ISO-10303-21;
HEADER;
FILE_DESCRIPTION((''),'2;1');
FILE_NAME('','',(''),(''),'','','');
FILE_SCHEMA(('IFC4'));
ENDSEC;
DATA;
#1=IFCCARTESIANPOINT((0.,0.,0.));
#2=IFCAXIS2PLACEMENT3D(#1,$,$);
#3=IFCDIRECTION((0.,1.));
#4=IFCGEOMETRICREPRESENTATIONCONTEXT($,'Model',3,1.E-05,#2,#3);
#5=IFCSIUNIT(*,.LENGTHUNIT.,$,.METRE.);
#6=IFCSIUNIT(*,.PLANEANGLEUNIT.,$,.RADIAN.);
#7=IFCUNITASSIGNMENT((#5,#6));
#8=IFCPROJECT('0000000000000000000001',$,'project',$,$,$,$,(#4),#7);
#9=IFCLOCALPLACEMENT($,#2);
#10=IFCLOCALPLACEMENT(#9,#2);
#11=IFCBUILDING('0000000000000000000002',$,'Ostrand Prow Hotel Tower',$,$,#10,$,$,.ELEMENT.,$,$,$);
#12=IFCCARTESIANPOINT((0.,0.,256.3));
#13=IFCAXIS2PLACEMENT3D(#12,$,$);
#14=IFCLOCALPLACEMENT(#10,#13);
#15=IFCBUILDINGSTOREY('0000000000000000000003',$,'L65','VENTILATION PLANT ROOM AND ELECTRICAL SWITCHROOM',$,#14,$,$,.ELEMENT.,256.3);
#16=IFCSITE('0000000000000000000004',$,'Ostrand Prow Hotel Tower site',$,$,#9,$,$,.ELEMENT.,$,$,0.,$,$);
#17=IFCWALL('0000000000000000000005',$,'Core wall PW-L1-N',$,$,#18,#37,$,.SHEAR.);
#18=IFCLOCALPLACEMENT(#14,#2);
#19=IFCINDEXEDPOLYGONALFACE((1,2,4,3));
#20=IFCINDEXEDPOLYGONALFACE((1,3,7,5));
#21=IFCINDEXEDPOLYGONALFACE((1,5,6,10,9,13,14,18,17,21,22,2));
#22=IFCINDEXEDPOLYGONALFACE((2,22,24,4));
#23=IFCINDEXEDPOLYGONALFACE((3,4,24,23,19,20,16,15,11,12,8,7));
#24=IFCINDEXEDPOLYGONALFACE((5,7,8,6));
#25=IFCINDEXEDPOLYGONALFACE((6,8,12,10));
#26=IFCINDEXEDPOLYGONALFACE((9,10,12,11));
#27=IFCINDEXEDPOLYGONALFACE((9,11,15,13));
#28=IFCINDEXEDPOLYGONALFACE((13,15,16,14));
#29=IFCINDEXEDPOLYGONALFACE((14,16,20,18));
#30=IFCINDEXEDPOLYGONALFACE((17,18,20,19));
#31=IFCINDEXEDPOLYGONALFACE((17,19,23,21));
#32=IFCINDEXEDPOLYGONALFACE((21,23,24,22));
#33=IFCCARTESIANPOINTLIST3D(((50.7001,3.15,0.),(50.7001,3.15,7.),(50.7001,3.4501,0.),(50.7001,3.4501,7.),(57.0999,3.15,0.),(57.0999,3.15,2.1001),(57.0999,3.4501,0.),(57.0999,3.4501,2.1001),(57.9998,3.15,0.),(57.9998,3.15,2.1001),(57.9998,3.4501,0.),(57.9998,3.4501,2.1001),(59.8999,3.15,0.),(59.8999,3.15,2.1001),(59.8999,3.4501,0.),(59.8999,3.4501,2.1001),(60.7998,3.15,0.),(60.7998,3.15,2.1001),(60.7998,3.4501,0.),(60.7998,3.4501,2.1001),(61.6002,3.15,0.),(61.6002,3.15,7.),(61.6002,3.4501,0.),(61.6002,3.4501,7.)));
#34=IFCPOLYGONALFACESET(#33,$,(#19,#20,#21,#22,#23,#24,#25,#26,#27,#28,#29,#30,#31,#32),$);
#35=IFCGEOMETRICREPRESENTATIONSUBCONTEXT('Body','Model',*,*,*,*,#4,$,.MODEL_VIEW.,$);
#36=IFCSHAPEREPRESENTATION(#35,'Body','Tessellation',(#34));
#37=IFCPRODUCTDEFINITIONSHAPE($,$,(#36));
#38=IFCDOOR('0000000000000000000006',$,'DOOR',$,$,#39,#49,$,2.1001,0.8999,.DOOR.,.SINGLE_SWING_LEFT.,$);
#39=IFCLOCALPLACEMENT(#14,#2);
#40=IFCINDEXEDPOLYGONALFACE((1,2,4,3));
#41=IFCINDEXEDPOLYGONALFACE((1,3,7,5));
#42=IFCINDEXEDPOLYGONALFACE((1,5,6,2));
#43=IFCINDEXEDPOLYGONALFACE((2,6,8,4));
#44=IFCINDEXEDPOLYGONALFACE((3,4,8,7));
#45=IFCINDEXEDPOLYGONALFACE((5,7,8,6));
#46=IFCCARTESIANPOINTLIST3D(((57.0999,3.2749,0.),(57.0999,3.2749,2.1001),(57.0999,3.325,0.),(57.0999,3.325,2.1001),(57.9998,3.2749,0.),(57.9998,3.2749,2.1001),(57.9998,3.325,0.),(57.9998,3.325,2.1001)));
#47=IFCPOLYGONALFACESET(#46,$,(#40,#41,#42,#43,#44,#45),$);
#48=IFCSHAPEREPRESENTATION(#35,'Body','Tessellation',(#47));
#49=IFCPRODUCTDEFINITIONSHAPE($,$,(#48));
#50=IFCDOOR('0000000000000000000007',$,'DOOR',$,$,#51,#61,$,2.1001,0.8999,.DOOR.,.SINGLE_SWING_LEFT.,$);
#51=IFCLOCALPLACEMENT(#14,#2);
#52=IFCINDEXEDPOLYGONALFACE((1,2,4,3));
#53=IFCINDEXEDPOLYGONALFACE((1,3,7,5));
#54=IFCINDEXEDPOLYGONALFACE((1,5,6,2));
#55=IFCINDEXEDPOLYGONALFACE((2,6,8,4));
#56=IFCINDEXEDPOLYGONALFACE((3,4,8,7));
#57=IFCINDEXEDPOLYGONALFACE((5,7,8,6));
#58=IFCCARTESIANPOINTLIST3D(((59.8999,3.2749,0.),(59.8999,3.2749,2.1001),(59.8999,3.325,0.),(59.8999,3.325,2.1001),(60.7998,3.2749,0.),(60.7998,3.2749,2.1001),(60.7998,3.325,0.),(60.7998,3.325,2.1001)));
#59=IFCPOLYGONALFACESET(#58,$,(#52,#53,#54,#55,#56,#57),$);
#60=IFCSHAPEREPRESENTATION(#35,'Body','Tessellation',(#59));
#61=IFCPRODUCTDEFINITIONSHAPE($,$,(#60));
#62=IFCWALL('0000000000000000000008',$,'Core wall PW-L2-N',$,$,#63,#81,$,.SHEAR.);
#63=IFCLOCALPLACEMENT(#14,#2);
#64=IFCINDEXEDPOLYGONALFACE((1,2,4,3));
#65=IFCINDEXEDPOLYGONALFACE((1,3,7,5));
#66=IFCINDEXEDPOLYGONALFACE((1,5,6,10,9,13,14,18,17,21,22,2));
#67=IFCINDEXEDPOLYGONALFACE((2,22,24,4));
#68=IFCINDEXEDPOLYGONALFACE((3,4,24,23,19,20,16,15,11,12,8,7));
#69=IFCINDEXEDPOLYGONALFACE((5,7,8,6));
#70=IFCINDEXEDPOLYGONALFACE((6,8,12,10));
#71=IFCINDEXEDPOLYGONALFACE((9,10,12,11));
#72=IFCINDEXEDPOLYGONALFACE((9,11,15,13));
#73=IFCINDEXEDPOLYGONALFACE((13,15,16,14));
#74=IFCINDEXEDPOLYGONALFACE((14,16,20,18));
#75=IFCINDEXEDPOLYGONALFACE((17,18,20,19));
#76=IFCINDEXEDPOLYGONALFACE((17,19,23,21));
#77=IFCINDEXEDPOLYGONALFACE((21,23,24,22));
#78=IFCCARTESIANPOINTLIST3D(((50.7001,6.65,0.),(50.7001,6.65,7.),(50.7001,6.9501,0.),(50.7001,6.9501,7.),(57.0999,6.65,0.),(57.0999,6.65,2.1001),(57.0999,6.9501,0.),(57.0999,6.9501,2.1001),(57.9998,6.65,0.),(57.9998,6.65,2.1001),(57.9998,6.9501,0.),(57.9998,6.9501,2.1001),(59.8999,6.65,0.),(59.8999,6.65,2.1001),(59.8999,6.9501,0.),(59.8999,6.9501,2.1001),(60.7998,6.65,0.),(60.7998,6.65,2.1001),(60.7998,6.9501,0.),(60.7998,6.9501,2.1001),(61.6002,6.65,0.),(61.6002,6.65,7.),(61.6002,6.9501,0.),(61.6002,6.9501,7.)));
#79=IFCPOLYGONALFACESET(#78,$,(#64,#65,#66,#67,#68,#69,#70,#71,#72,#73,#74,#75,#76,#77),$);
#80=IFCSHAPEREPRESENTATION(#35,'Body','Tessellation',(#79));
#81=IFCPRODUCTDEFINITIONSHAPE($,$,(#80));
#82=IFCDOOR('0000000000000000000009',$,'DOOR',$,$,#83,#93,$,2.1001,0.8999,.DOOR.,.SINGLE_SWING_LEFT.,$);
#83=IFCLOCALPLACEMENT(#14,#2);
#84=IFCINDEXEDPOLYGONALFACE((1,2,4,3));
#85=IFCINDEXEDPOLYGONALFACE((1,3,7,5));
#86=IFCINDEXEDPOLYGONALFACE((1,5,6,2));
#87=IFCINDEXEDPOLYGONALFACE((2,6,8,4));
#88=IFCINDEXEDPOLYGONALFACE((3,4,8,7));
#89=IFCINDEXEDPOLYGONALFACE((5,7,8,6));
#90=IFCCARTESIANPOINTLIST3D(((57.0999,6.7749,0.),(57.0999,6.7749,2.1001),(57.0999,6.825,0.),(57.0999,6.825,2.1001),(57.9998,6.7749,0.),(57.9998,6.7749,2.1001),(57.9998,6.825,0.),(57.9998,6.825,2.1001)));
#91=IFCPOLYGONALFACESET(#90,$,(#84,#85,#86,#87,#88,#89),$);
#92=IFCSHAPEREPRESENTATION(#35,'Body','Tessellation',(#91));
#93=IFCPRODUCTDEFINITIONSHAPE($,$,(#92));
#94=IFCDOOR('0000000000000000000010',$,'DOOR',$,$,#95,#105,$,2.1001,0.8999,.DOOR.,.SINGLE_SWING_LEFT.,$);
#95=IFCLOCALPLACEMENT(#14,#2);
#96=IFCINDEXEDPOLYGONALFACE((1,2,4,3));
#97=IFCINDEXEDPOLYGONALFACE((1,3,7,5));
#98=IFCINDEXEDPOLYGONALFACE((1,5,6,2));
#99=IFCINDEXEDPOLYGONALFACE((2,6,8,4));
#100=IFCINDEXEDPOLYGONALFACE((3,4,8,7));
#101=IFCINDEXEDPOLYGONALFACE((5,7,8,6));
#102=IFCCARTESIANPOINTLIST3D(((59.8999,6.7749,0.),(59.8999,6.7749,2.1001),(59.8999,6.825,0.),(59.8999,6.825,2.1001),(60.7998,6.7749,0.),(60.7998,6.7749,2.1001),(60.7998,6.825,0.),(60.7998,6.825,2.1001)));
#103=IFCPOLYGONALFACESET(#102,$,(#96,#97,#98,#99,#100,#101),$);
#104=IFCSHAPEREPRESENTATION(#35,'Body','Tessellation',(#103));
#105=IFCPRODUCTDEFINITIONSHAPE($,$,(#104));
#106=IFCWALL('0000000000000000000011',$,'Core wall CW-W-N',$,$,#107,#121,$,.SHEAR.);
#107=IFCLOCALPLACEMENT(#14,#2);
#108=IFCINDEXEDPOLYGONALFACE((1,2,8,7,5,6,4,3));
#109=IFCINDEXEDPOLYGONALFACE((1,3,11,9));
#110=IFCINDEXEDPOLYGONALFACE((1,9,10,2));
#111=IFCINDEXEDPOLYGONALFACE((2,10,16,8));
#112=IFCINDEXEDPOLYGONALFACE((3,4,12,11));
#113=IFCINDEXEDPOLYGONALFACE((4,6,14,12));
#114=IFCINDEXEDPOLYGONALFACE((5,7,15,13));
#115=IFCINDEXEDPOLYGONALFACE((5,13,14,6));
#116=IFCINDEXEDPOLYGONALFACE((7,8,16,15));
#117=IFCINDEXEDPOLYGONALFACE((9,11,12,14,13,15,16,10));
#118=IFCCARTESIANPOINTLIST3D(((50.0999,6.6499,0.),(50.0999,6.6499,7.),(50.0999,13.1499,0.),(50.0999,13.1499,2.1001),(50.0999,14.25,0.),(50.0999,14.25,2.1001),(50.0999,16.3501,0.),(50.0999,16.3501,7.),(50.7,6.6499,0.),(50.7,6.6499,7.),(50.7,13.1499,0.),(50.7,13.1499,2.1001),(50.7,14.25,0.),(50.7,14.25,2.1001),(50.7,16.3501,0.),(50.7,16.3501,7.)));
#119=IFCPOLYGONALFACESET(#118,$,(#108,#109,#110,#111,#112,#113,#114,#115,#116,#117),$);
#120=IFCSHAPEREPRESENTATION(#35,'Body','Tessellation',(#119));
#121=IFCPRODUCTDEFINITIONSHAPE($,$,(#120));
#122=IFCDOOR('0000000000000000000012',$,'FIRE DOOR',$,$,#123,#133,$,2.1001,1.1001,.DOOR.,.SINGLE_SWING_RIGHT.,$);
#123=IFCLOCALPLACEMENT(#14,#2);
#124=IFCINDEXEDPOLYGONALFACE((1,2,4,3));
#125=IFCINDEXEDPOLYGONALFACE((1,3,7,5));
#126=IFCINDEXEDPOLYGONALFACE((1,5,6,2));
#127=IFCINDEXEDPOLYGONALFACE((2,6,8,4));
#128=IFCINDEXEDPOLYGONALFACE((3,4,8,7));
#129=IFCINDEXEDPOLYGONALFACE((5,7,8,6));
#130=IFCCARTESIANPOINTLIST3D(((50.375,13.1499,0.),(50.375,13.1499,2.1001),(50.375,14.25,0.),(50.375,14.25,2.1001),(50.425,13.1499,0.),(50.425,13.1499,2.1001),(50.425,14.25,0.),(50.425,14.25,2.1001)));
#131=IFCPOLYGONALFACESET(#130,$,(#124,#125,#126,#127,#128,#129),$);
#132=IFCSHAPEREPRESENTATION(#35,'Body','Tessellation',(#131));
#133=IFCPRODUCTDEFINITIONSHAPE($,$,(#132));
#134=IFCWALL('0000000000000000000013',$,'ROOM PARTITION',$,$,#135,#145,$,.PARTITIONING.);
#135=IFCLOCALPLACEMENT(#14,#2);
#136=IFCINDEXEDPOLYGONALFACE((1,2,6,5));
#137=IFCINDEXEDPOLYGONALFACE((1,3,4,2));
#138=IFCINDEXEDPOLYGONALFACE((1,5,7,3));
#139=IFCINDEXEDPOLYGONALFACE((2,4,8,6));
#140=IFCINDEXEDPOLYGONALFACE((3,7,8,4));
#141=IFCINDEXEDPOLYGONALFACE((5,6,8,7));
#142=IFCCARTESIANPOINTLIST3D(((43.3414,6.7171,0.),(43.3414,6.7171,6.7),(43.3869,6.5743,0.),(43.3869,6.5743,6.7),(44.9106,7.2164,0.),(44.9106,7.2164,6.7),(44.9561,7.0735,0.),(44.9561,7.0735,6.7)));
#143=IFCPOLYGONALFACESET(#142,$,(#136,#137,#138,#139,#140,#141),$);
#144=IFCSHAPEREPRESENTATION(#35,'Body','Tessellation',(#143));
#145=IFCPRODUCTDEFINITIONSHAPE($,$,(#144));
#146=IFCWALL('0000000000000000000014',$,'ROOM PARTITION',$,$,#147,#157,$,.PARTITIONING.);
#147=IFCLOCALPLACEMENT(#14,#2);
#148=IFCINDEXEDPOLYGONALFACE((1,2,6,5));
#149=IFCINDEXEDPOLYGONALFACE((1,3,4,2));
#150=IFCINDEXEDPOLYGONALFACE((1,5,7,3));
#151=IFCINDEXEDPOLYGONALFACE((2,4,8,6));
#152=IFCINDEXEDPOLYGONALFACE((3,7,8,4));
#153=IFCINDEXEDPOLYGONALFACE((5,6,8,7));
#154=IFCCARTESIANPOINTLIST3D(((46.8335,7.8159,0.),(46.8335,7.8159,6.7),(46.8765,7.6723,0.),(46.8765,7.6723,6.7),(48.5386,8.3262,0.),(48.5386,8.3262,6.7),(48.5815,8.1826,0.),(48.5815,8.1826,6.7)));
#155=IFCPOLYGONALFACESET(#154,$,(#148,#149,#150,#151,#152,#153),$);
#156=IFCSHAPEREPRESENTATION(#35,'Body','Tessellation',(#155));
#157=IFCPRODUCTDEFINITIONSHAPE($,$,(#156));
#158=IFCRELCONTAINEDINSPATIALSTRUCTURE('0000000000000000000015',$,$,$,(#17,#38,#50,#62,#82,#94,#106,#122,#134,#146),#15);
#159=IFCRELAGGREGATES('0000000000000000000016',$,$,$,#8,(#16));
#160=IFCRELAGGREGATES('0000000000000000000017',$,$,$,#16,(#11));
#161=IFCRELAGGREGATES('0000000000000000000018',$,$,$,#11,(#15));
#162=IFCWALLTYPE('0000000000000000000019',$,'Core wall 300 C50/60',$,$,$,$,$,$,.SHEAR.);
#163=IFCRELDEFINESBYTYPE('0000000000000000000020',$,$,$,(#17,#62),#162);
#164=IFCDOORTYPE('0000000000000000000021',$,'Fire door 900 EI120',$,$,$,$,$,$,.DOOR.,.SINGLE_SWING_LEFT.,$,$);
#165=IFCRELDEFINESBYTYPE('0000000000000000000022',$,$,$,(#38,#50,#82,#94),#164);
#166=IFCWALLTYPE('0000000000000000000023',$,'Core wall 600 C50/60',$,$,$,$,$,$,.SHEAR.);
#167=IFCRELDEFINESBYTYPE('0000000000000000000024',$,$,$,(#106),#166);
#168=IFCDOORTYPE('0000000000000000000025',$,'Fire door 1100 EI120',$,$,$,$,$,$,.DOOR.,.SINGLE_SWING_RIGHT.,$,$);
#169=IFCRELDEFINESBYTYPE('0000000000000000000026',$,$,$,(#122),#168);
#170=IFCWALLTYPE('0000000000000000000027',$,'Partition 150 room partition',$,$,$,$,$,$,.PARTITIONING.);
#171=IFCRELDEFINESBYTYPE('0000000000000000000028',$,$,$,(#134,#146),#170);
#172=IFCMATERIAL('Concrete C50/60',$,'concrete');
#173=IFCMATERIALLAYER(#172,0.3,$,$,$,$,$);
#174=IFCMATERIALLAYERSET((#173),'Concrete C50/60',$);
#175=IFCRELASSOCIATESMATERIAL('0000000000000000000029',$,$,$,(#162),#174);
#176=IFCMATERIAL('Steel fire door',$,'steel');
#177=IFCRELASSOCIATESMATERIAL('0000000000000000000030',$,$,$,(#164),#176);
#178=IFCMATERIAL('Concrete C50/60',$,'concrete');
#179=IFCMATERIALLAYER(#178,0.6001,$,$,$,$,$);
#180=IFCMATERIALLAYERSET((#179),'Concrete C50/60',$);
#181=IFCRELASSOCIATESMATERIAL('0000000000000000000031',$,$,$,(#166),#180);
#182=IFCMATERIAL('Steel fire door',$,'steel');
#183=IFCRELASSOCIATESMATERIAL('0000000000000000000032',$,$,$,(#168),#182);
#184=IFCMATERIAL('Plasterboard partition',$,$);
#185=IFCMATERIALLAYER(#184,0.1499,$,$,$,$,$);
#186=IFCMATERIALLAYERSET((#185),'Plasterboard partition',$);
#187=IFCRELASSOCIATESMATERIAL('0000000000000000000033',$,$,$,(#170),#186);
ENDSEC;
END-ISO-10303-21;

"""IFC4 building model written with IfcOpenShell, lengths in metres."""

from ifc_helpers import new_model, si_unit, direction, frame, frame_2d, origin, place, context, subcontext, project, spatial, rectangle, extrude, material, layer, layer_set, type_object, element, fill, save


model = new_model("IFC4")

# Units and contexts
model_context = context("Model", 3, precision=1e-05, world=origin(), true_north=direction((0.0, 1.0)))
body_context = subcontext(model_context, "Body", "Model", "MODEL_VIEW")
ifc_project = project(units=[si_unit("LENGTHUNIT", "METRE"), si_unit("PLANEANGLEUNIT", "RADIAN")], contexts=[model_context])

# Site, building, storey
site_placement = place(None, origin())
site = spatial("IfcSite", under=ifc_project, at=site_placement, Name="Ostrand Prow Hotel Tower site", CompositionType="ELEMENT", RefElevation=0.0)
building_placement = place(site_placement, origin())
building = spatial("IfcBuilding", under=site, at=building_placement, Name="Ostrand Prow Hotel Tower", CompositionType="ELEMENT")
storey_placement = place(building_placement, frame((0.0, 0.0, 256.3)))
storey = spatial("IfcBuildingStorey", under=building, at=storey_placement, Name="L65", Description="VENTILATION PLANT ROOM AND ELECTRICAL SWITCHROOM", CompositionType="ELEMENT", Elevation=256.3)

# Walls, openings, doors
ifc_material_1 = material(Name="Concrete C50/60", Category="concrete")
ifc_layer_1 = layer(ifc_material_1, 0.3)
ifc_layer_set_1 = layer_set([ifc_layer_1], Name="Concrete C50/60")
wall_type_1 = type_object("IfcWallType", Name="Core wall 300 C50/60", PredefinedType="SHEAR", material=ifc_layer_set_1)
wall_1_placement = place(storey_placement, frame((50.7, 3.3, 0.0), z_axis=(0.0, 0.0, 1.0), x_axis=(1.0, 0.0, 0.0)))
wall_1 = element("IfcWall", 1, at=wall_1_placement, inside=storey, type_object=wall_type_1, Name="Core wall PW-L1-N", PredefinedType="SHEAR", context=body_context, shape_type="SweptSolid", body=[
    extrude(rectangle(XDim=10.9001, YDim=0.3, at=frame_2d((5.4502, 0.0))), origin(), (0.0, 0.0, 1.0), 7.0),
])
opening_1_placement = place(wall_1_placement, frame((6.3999, 0.0, 0.0)))
opening_1 = element("IfcOpeningElement", 2, at=opening_1_placement, cuts=wall_1, PredefinedType="OPENING", context=body_context, shape_type="SweptSolid", body=[
    extrude(rectangle(XDim=0.8999, YDim=2.1001, at=frame_2d((0.45, 1.05))), frame((0.0, 0.1599, 0.0), z_axis=(0.0, -1.0, 0.0), x_axis=(1.0, 0.0, 0.0)), (0.0, 0.0, 1.0), 0.3201),
])
opening_2_placement = place(wall_1_placement, frame((9.2, 0.0, 0.0)))
opening_2 = element("IfcOpeningElement", 3, at=opening_2_placement, cuts=wall_1, PredefinedType="OPENING", context=body_context, shape_type="SweptSolid", body=[
    extrude(rectangle(XDim=0.8999, YDim=2.1001, at=frame_2d((0.45, 1.05))), frame((0.0, 0.1599, 0.0), z_axis=(0.0, -1.0, 0.0), x_axis=(1.0, 0.0, 0.0)), (0.0, 0.0, 1.0), 0.3201),
])
ifc_material_2 = material(Name="Steel fire door", Category="steel")
door_type_1 = type_object("IfcDoorType", Name="Fire door 900 EI120", OperationType="SINGLE_SWING_LEFT", PredefinedType="DOOR", material=ifc_material_2)
door_1_placement = place(opening_1_placement, origin())
door_1 = element("IfcDoor", 4, at=door_1_placement, inside=storey, type_object=door_type_1, Name="DOOR", OperationType="SINGLE_SWING_LEFT", OverallHeight=2.1001, OverallWidth=0.8999, PredefinedType="DOOR", context=body_context, shape_type="SweptSolid", body=[
    extrude(rectangle(XDim=0.8999, YDim=2.1001, at=frame_2d((0.45, 1.05))), frame((0.0, 0.0249, 0.0), z_axis=(0.0, -1.0, 0.0), x_axis=(1.0, 0.0, 0.0)), (0.0, 0.0, 1.0), 0.05),
])
fill(opening_1, door_1)
door_2_placement = place(opening_2_placement, origin())
door_2 = element("IfcDoor", 5, at=door_2_placement, inside=storey, type_object=door_type_1, Name="DOOR", OperationType="SINGLE_SWING_LEFT", OverallHeight=2.1001, OverallWidth=0.8999, PredefinedType="DOOR", context=body_context, shape_type="SweptSolid", body=[
    extrude(rectangle(XDim=0.8999, YDim=2.1001, at=frame_2d((0.45, 1.05))), frame((0.0, 0.0249, 0.0), z_axis=(0.0, -1.0, 0.0), x_axis=(1.0, 0.0, 0.0)), (0.0, 0.0, 1.0), 0.05),
])
fill(opening_2, door_2)
wall_2_placement = place(storey_placement, frame((50.7, 6.8, 0.0), z_axis=(0.0, 0.0, 1.0), x_axis=(1.0, 0.0, 0.0)))
wall_2 = element("IfcWall", 6, at=wall_2_placement, inside=storey, type_object=wall_type_1, Name="Core wall PW-L2-N", PredefinedType="SHEAR", context=body_context, shape_type="SweptSolid", body=[
    extrude(rectangle(XDim=10.9001, YDim=0.3, at=frame_2d((5.4502, 0.0))), origin(), (0.0, 0.0, 1.0), 7.0),
])
opening_3_placement = place(wall_2_placement, frame((6.3999, 0.0, 0.0)))
opening_3 = element("IfcOpeningElement", 7, at=opening_3_placement, cuts=wall_2, PredefinedType="OPENING", context=body_context, shape_type="SweptSolid", body=[
    extrude(rectangle(XDim=0.8999, YDim=2.1001, at=frame_2d((0.45, 1.05))), frame((0.0, 0.1599, 0.0), z_axis=(0.0, -1.0, 0.0), x_axis=(1.0, 0.0, 0.0)), (0.0, 0.0, 1.0), 0.3201),
])
opening_4_placement = place(wall_2_placement, frame((9.2, 0.0, 0.0)))
opening_4 = element("IfcOpeningElement", 8, at=opening_4_placement, cuts=wall_2, PredefinedType="OPENING", context=body_context, shape_type="SweptSolid", body=[
    extrude(rectangle(XDim=0.8999, YDim=2.1001, at=frame_2d((0.45, 1.05))), frame((0.0, 0.1599, 0.0), z_axis=(0.0, -1.0, 0.0), x_axis=(1.0, 0.0, 0.0)), (0.0, 0.0, 1.0), 0.3201),
])
door_3_placement = place(opening_3_placement, origin())
door_3 = element("IfcDoor", 9, at=door_3_placement, inside=storey, type_object=door_type_1, Name="DOOR", OperationType="SINGLE_SWING_LEFT", OverallHeight=2.1001, OverallWidth=0.8999, PredefinedType="DOOR", context=body_context, shape_type="SweptSolid", body=[
    extrude(rectangle(XDim=0.8999, YDim=2.1001, at=frame_2d((0.45, 1.05))), frame((0.0, 0.0249, 0.0), z_axis=(0.0, -1.0, 0.0), x_axis=(1.0, 0.0, 0.0)), (0.0, 0.0, 1.0), 0.05),
])
fill(opening_3, door_3)
door_4_placement = place(opening_4_placement, origin())
door_4 = element("IfcDoor", 10, at=door_4_placement, inside=storey, type_object=door_type_1, Name="DOOR", OperationType="SINGLE_SWING_LEFT", OverallHeight=2.1001, OverallWidth=0.8999, PredefinedType="DOOR", context=body_context, shape_type="SweptSolid", body=[
    extrude(rectangle(XDim=0.8999, YDim=2.1001, at=frame_2d((0.45, 1.05))), frame((0.0, 0.0249, 0.0), z_axis=(0.0, -1.0, 0.0), x_axis=(1.0, 0.0, 0.0)), (0.0, 0.0, 1.0), 0.05),
])
fill(opening_4, door_4)

# Wall, opening, door
ifc_material_3 = material(Name="Concrete C50/60", Category="concrete")
ifc_layer_2 = layer(ifc_material_3, 0.6001)
ifc_layer_set_2 = layer_set([ifc_layer_2], Name="Concrete C50/60")
wall_type_2 = type_object("IfcWallType", Name="Core wall 600 C50/60", PredefinedType="SHEAR", material=ifc_layer_set_2)
wall_3_placement = place(storey_placement, frame((50.3999, 6.6499, 0.0), z_axis=(0.0, 0.0, 1.0), x_axis=(0.0, 1.0, 0.0)))
wall_3 = element("IfcWall", 11, at=wall_3_placement, inside=storey, type_object=wall_type_2, Name="Core wall CW-W-N", PredefinedType="SHEAR", context=body_context, shape_type="SweptSolid", body=[
    extrude(rectangle(XDim=9.7002, YDim=0.6001, at=frame_2d((4.8501, 0.0))), origin(), (0.0, 0.0, 1.0), 7.0),
])
opening_5_placement = place(wall_3_placement, frame((6.5, 0.0, 0.0)))
opening_5 = element("IfcOpeningElement", 12, at=opening_5_placement, cuts=wall_3, PredefinedType="OPENING", context=body_context, shape_type="SweptSolid", body=[
    extrude(rectangle(XDim=1.1001, YDim=2.1001, at=frame_2d((0.55, 1.05))), frame((0.0, 0.3101, 0.0), z_axis=(0.0, -1.0, 0.0), x_axis=(1.0, 0.0, 0.0)), (0.0, 0.0, 1.0), 0.6201),
])
ifc_material_4 = material(Name="Steel fire door", Category="steel")
door_type_2 = type_object("IfcDoorType", Name="Fire door 1100 EI120", OperationType="SINGLE_SWING_RIGHT", PredefinedType="DOOR", material=ifc_material_4)
door_5_placement = place(opening_5_placement, origin())
door_5 = element("IfcDoor", 13, at=door_5_placement, inside=storey, type_object=door_type_2, Name="FIRE DOOR", OperationType="SINGLE_SWING_RIGHT", OverallHeight=2.1001, OverallWidth=1.1001, PredefinedType="DOOR", context=body_context, shape_type="SweptSolid", body=[
    extrude(rectangle(XDim=1.1001, YDim=2.1001, at=frame_2d((0.55, 1.05))), frame((0.0, 0.0249, 0.0), z_axis=(0.0, -1.0, 0.0), x_axis=(1.0, 0.0, 0.0)), (0.0, 0.0, 1.0), 0.05),
])
fill(opening_5, door_5)

# Walls
ifc_material_5 = material(Name="Plasterboard partition")
ifc_layer_3 = layer(ifc_material_5, 0.1499)
ifc_layer_set_3 = layer_set([ifc_layer_3], Name="Plasterboard partition")
wall_type_3 = type_object("IfcWallType", Name="Partition 150 room partition", PredefinedType="PARTITIONING", material=ifc_layer_set_3)
wall_4_placement = place(storey_placement, frame((43.3643, 6.6458, 0.0), z_axis=(0.0, 0.0, 1.0), x_axis=(0.952937, 0.303167, 0.0)))
element("IfcWall", 14, at=wall_4_placement, inside=storey, type_object=wall_type_3, Name="ROOM PARTITION", PredefinedType="PARTITIONING", context=body_context, shape_type="SweptSolid", body=[
    extrude(rectangle(XDim=1.6467, YDim=0.1499, at=frame_2d((0.8232, 0.0))), origin(), (0.0, 0.0, 1.0), 6.7),
])
wall_5_placement = place(storey_placement, frame((46.855, 7.7441, 0.0), z_axis=(0.0, 0.0, 1.0), x_axis=(0.958022, 0.286693, 0.0)))
element("IfcWall", 15, at=wall_5_placement, inside=storey, type_object=wall_type_3, Name="ROOM PARTITION", PredefinedType="PARTITIONING", context=body_context, shape_type="SweptSolid", body=[
    extrude(rectangle(XDim=1.7798, YDim=0.1499, at=frame_2d((0.8899, 0.0))), origin(), (0.0, 0.0, 1.0), 6.7),
])

save(model, "model.ifc")
